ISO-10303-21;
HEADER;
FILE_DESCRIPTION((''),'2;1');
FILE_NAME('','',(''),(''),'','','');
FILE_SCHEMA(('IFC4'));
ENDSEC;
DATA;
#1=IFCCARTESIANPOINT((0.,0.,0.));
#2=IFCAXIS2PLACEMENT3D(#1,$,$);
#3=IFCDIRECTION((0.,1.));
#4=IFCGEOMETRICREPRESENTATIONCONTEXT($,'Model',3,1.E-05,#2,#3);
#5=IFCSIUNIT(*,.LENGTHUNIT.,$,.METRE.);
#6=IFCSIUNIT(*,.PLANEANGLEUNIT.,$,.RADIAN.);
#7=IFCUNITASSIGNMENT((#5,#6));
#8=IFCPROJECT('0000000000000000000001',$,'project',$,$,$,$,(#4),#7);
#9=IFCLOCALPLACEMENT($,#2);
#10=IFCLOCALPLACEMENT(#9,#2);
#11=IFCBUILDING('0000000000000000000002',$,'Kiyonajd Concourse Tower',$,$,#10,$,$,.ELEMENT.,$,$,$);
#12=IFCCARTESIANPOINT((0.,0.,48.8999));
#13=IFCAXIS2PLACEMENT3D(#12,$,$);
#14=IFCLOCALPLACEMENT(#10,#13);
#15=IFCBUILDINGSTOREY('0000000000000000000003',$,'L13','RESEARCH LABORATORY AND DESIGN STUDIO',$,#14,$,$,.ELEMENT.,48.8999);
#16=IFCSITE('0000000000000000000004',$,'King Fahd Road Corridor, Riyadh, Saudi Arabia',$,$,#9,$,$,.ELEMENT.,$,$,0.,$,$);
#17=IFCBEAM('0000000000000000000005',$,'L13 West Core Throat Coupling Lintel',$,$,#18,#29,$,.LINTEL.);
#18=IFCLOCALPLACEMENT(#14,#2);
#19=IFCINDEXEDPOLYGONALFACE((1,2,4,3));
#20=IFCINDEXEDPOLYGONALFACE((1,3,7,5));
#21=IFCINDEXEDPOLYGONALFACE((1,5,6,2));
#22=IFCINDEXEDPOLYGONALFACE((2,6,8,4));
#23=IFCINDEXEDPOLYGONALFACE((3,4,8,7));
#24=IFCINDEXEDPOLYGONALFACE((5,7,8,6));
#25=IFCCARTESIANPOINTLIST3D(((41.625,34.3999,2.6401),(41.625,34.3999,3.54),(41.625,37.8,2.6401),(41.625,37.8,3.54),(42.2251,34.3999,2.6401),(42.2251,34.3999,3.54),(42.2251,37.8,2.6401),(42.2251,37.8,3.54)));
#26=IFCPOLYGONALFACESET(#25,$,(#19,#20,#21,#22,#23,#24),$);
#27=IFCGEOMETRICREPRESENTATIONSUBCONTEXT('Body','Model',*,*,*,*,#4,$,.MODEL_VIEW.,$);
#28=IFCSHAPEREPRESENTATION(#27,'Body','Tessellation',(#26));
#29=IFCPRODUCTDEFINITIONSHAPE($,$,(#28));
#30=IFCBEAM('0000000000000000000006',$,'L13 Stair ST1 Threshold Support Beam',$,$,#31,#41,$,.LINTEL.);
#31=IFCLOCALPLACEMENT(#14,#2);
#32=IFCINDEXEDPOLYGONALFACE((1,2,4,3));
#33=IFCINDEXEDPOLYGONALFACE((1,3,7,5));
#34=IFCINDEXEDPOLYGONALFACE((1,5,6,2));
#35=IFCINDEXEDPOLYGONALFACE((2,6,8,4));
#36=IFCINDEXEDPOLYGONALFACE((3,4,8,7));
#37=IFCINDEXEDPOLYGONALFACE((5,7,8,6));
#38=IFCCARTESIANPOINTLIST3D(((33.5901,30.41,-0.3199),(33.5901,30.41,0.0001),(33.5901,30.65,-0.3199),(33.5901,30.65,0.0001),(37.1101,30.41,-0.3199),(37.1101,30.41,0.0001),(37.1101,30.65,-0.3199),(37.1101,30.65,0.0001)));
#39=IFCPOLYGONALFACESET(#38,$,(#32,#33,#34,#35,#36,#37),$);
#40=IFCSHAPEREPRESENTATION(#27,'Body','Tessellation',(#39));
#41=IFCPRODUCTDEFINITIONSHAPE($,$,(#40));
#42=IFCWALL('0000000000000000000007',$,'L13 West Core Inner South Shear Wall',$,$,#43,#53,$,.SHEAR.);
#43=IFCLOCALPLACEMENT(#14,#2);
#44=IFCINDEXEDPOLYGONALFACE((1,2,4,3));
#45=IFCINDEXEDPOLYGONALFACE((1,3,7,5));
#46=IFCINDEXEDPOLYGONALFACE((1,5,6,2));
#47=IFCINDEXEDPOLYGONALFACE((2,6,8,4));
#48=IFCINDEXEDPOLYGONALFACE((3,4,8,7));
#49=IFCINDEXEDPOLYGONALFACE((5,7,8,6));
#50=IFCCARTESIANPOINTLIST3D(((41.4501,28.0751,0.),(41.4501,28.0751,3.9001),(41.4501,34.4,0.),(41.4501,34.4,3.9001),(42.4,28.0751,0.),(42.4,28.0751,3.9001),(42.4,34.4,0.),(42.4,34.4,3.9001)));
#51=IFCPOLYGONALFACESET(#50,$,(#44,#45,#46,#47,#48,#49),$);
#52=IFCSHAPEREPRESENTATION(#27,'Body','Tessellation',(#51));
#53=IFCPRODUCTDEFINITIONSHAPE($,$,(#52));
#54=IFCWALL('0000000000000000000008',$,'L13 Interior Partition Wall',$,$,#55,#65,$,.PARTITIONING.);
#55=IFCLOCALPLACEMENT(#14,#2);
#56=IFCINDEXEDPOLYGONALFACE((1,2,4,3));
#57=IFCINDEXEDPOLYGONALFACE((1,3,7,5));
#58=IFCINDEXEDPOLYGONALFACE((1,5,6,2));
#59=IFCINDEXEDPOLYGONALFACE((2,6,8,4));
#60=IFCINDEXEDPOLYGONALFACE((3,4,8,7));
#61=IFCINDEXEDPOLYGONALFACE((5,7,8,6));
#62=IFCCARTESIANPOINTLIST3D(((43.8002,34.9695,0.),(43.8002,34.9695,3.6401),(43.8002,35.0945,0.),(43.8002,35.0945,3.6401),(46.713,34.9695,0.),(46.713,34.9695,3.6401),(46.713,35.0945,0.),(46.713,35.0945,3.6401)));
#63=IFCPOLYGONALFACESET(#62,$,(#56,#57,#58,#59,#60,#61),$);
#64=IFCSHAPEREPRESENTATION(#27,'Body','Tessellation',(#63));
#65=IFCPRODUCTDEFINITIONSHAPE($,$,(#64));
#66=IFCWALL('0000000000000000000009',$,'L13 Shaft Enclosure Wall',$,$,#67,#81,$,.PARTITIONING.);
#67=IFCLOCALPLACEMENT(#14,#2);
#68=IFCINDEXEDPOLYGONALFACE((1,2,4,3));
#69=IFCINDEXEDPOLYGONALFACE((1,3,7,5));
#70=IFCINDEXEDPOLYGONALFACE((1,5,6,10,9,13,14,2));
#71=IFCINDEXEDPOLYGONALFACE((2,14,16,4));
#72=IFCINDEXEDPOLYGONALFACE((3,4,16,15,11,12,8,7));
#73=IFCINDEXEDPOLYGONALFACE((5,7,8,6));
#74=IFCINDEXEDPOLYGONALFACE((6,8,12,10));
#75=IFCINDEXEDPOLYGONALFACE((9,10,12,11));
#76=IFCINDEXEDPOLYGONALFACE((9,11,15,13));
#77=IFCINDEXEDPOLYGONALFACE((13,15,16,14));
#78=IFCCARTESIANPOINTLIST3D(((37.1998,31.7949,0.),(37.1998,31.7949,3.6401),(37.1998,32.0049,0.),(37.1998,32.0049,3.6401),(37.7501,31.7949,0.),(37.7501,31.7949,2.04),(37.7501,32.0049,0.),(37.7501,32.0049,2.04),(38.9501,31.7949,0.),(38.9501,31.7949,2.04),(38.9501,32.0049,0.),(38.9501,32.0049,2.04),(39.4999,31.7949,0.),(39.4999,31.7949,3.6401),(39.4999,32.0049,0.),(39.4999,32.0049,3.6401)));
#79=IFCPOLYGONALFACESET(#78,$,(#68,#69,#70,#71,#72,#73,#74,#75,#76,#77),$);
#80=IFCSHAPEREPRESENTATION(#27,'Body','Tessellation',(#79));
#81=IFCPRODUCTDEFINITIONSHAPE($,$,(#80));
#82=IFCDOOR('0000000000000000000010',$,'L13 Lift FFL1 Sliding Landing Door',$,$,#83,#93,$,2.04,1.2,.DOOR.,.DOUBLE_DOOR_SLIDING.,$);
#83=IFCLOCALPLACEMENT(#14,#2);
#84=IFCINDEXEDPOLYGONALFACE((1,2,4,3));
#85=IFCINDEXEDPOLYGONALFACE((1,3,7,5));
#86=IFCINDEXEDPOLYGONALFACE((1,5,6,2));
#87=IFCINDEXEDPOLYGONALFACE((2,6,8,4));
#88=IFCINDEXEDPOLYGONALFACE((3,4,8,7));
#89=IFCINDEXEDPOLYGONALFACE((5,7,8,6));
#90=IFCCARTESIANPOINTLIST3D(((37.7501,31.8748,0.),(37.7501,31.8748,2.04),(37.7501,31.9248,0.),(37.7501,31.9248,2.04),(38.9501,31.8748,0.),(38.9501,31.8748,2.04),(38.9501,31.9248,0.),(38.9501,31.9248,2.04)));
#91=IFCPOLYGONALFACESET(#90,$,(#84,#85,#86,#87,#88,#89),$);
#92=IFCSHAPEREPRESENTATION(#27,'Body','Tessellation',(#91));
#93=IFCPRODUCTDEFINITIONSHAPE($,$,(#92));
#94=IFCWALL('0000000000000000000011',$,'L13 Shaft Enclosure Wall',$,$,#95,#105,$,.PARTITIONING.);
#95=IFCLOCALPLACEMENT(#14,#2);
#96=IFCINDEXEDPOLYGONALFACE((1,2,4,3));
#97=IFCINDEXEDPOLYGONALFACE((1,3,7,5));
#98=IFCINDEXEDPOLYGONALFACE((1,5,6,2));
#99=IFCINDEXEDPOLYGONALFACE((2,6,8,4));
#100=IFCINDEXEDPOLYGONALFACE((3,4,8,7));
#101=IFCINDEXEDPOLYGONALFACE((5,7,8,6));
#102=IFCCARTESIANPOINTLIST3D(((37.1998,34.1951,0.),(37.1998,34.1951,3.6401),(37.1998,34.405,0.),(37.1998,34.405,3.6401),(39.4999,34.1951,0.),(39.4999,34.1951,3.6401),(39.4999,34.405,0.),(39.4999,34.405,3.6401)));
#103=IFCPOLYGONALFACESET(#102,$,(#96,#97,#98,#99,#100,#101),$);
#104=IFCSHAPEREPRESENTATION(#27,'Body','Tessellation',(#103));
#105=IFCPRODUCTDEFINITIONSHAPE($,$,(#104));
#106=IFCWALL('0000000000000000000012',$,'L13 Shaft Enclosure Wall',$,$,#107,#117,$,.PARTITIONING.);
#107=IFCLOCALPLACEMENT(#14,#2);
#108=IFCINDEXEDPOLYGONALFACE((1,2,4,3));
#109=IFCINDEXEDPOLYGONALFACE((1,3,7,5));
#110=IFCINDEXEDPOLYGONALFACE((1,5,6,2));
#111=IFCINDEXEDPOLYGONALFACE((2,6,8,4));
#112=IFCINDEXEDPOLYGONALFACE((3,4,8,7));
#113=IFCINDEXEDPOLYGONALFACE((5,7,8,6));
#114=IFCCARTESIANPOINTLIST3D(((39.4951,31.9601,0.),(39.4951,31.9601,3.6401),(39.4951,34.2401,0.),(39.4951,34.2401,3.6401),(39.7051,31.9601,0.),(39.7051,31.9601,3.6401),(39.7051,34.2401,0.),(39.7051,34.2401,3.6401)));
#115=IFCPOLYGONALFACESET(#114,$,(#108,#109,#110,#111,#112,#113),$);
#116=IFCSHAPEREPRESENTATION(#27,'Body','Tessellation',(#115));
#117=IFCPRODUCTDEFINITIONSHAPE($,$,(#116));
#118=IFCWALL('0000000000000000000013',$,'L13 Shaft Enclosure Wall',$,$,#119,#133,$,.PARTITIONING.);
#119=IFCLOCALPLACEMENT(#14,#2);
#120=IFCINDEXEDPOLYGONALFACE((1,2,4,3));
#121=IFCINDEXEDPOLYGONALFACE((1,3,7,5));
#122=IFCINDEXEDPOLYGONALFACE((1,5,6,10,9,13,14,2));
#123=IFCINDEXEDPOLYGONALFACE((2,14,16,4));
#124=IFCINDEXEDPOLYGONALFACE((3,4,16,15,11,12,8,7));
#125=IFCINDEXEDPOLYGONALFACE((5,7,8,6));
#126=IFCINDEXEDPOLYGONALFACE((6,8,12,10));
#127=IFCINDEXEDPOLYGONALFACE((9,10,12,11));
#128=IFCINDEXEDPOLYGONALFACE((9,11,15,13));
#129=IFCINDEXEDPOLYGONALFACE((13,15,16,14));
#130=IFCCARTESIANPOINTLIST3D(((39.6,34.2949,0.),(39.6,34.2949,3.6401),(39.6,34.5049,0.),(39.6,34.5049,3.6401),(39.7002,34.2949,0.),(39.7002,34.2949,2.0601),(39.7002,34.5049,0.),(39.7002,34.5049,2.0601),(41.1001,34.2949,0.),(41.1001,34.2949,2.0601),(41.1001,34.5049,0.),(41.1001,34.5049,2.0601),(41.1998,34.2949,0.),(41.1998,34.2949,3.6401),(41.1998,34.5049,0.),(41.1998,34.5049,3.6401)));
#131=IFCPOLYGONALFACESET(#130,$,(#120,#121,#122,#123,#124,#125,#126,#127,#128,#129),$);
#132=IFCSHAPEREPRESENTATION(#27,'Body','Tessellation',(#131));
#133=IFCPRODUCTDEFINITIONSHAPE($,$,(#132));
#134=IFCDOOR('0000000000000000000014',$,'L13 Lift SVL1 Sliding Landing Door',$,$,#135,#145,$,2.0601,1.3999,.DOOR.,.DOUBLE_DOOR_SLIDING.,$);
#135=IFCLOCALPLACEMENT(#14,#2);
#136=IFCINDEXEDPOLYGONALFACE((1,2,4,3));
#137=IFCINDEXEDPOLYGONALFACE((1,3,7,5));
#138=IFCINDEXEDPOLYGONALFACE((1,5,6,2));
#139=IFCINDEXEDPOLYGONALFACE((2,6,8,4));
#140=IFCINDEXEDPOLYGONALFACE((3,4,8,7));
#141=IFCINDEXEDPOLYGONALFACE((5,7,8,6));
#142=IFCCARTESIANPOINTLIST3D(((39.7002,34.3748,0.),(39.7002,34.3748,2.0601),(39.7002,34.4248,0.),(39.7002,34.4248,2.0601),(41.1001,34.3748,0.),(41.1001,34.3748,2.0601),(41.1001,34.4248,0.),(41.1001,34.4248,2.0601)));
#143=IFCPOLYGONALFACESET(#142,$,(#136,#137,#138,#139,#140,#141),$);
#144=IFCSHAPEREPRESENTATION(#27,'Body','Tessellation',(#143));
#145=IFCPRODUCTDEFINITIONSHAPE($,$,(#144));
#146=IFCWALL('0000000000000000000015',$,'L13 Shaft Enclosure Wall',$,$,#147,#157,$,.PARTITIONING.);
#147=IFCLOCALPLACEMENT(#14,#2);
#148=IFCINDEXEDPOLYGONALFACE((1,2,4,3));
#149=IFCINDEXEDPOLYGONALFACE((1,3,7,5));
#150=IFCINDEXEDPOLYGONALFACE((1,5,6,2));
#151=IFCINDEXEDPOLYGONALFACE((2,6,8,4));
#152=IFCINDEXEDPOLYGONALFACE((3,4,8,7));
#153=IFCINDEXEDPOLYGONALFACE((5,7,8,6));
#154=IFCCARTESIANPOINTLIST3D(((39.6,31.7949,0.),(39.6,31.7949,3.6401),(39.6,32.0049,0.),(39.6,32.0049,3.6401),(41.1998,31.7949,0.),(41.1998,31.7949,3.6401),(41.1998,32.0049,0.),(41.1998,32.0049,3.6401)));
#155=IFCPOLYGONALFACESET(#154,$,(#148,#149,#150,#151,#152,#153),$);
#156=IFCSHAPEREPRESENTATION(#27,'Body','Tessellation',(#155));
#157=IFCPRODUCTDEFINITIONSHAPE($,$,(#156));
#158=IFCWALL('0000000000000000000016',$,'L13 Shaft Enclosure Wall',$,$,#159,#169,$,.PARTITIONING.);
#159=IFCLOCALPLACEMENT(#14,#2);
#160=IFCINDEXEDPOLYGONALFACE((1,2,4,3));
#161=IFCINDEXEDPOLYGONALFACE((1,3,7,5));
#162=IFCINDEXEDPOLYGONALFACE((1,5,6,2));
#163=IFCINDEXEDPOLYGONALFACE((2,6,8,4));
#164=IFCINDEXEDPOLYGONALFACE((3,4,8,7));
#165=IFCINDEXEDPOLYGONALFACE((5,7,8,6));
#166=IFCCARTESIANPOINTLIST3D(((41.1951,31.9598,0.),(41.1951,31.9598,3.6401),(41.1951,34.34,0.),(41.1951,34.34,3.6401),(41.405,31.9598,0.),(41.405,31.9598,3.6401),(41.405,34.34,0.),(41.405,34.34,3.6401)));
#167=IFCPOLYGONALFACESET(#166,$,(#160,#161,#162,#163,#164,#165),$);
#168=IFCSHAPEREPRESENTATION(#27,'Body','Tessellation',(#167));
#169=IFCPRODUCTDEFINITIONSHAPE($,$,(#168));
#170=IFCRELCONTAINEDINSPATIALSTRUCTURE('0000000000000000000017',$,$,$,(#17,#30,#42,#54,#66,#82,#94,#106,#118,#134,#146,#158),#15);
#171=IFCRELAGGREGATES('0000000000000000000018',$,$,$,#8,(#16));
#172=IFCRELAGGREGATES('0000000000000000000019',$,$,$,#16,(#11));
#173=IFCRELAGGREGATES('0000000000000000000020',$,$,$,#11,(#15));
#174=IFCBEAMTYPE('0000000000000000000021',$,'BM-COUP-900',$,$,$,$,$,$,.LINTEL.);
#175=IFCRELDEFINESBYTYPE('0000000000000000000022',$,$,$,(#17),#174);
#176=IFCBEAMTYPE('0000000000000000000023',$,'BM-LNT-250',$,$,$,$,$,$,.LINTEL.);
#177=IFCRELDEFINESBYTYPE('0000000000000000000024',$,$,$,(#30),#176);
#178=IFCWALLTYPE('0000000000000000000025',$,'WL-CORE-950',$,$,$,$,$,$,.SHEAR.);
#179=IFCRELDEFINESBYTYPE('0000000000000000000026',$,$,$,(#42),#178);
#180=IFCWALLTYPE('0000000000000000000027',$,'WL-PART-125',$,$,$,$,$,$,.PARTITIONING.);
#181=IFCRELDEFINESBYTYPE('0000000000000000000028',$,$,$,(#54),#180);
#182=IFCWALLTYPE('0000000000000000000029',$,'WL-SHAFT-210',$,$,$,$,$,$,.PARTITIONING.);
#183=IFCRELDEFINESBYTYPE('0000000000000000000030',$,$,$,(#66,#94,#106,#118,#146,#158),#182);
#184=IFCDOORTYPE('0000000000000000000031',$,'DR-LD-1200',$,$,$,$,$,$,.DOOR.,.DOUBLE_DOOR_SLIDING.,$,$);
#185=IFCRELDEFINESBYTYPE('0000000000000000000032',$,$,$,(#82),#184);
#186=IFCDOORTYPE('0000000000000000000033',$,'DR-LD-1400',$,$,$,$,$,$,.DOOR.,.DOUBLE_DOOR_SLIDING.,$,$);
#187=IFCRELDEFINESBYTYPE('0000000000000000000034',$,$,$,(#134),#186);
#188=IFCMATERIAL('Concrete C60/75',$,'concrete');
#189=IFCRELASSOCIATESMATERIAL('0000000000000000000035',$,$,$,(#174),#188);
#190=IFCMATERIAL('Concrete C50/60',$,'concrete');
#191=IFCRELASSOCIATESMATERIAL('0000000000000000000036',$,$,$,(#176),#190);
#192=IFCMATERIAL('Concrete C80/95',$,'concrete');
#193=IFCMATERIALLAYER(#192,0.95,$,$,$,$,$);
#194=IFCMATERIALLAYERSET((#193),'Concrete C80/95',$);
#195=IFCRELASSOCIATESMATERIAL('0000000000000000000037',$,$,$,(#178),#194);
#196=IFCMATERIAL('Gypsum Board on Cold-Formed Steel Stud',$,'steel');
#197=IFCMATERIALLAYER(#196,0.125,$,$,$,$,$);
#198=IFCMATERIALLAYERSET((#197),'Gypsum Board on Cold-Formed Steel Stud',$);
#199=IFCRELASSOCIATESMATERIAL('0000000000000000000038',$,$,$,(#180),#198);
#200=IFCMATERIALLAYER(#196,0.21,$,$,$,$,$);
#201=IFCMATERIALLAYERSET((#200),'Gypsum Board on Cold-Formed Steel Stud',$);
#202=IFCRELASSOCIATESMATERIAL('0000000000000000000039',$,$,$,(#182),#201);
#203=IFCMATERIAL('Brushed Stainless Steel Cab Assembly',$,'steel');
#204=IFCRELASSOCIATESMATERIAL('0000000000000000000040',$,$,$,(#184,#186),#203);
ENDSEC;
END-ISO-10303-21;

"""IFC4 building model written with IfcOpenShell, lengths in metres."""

from ifc_helpers import new_model, si_unit, direction, frame, frame_2d, origin, origin_2d, place, context, subcontext, project, spatial, rectangle, extrude, material, layer, layer_set, material_profile, profile_set, type_object, element, fill, save


model = new_model("IFC4")

# Units and contexts
model_context = context("Model", 3, precision=1e-05, world=origin(), true_north=direction((0.0, 1.0)))
body_context = subcontext(model_context, "Body", "Model", "MODEL_VIEW")
ifc_project = project(units=[si_unit("LENGTHUNIT", "METRE"), si_unit("PLANEANGLEUNIT", "RADIAN")], contexts=[model_context])

# Site, building, storey
site_placement = place(None, origin())
site = spatial("IfcSite", under=ifc_project, at=site_placement, Name="King Fahd Road Corridor, Riyadh, Saudi Arabia", CompositionType="ELEMENT", RefElevation=0.0)
building_placement = place(site_placement, origin())
building = spatial("IfcBuilding", under=site, at=building_placement, Name="Kiyonajd Concourse Tower", CompositionType="ELEMENT")
storey_placement = place(building_placement, frame((0.0, 0.0, 48.8999)))
storey = spatial("IfcBuildingStorey", under=building, at=storey_placement, Name="L13", Description="RESEARCH LABORATORY AND DESIGN STUDIO", CompositionType="ELEMENT", Elevation=48.8999)

# Beams
ifc_material_1 = material(Name="Concrete C60/75", Category="concrete")
ifc_material_profile_1 = material_profile(ifc_material_1, rectangle(XDim=0.6001, YDim=0.8999, at=origin_2d()), Name="RCBM-600x900")
ifc_profile_set_1 = profile_set([ifc_material_profile_1], Name="Concrete C60/75")
beam_type_1 = type_object("IfcBeamType", Name="BM-COUP-900", PredefinedType="LINTEL", material=ifc_profile_set_1)
beam_1_placement = place(storey_placement, frame((41.925, 34.3999, 3.0901), z_axis=(0.0, 1.0, 0.0), x_axis=(-1.0, 0.0, 0.0)))
element("IfcBeam", 1, at=beam_1_placement, inside=storey, type_object=beam_type_1, Name="L13 West Core Throat Coupling Lintel", PredefinedType="LINTEL", context=body_context, shape_type="SweptSolid", body=[
    extrude(rectangle(XDim=0.6001, YDim=0.8999, at=origin_2d()), origin(), (0.0, 0.0, 1.0), 3.4001),
])
ifc_material_2 = material(Name="Concrete C50/60", Category="concrete")
ifc_material_profile_2 = material_profile(ifc_material_2, rectangle(XDim=0.24, YDim=0.3201, at=origin_2d()), Name="RCBM-240x320")
ifc_profile_set_2 = profile_set([ifc_material_profile_2], Name="Concrete C50/60")
beam_type_2 = type_object("IfcBeamType", Name="BM-LNT-250", PredefinedType="LINTEL", material=ifc_profile_set_2)
beam_2_placement = place(storey_placement, frame((33.5901, 30.53, -0.1599), z_axis=(1.0, 0.0, 0.0), x_axis=(0.0, 1.0, 0.0)))
element("IfcBeam", 2, at=beam_2_placement, inside=storey, type_object=beam_type_2, Name="L13 Stair ST1 Threshold Support Beam", PredefinedType="LINTEL", context=body_context, shape_type="SweptSolid", body=[
    extrude(rectangle(XDim=0.24, YDim=0.3201, at=origin_2d()), origin(), (0.0, 0.0, 1.0), 3.52),
])

# Walls
ifc_material_3 = material(Name="Concrete C80/95", Category="concrete")
ifc_layer_1 = layer(ifc_material_3, 0.95)
ifc_layer_set_1 = layer_set([ifc_layer_1], Name="Concrete C80/95")
wall_type_1 = type_object("IfcWallType", Name="WL-CORE-950", PredefinedType="SHEAR", material=ifc_layer_set_1)
wall_1_placement = place(storey_placement, frame((41.925, 28.075, 0.0), z_axis=(0.0, 0.0, 1.0), x_axis=(0.0, 1.0, 0.0)))
element("IfcWall", 3, at=wall_1_placement, inside=storey, type_object=wall_type_1, Name="L13 West Core Inner South Shear Wall", PredefinedType="SHEAR", context=body_context, shape_type="SweptSolid", body=[
    extrude(rectangle(XDim=6.325, YDim=0.95, at=frame_2d((3.1626, 0.0))), origin(), (0.0, 0.0, 1.0), 3.9001),
])
ifc_material_4 = material(Name="Gypsum Board on Cold-Formed Steel Stud", Category="steel")
ifc_layer_2 = layer(ifc_material_4, 0.125)
ifc_layer_set_2 = layer_set([ifc_layer_2], Name="Gypsum Board on Cold-Formed Steel Stud")
wall_type_2 = type_object("IfcWallType", Name="WL-PART-125", PredefinedType="PARTITIONING", material=ifc_layer_set_2)
wall_2_placement = place(storey_placement, frame((43.8, 35.032, 0.0), z_axis=(0.0, 0.0, 1.0), x_axis=(1.0, 0.0, 0.0)))
element("IfcWall", 4, at=wall_2_placement, inside=storey, type_object=wall_type_2, Name="L13 Interior Partition Wall", PredefinedType="PARTITIONING", context=body_context, shape_type="SweptSolid", body=[
    extrude(rectangle(XDim=2.9128, YDim=0.125, at=frame_2d((1.4565, 0.0))), origin(), (0.0, 0.0, 1.0), 3.6401),
])

# Wall, opening, door
ifc_layer_3 = layer(ifc_material_4, 0.21)
ifc_layer_set_3 = layer_set([ifc_layer_3], Name="Gypsum Board on Cold-Formed Steel Stud")
wall_type_3 = type_object("IfcWallType", Name="WL-SHAFT-210", PredefinedType="PARTITIONING", material=ifc_layer_set_3)
wall_3_placement = place(storey_placement, frame((37.2, 31.8999, 0.0), z_axis=(0.0, 0.0, 1.0), x_axis=(1.0, 0.0, 0.0)))
wall_3 = element("IfcWall", 5, at=wall_3_placement, inside=storey, type_object=wall_type_3, Name="L13 Shaft Enclosure Wall", PredefinedType="PARTITIONING", context=body_context, shape_type="SweptSolid", body=[
    extrude(rectangle(XDim=2.3, YDim=0.21, at=frame_2d((1.1499, 0.0))), origin(), (0.0, 0.0, 1.0), 3.6401),
])
opening_1_placement = place(wall_3_placement, frame((0.55, 0.0, 0.0)))
opening_1 = element("IfcOpeningElement", 6, at=opening_1_placement, cuts=wall_3, PredefinedType="OPENING", context=body_context, shape_type="SweptSolid", body=[
    extrude(rectangle(XDim=1.2, YDim=2.04, at=frame_2d((0.6001, 1.02))), frame((0.0, 0.115, 0.0), z_axis=(0.0, -1.0, 0.0), x_axis=(1.0, 0.0, 0.0)), (0.0, 0.0, 1.0), 0.23),
])
ifc_material_5 = material(Name="Brushed Stainless Steel Cab Assembly", Category="steel")
door_type_1 = type_object("IfcDoorType", Name="DR-LD-1200", OperationType="DOUBLE_DOOR_SLIDING", PredefinedType="DOOR", material=ifc_material_5)
door_1_placement = place(opening_1_placement, origin())
door_1 = element("IfcDoor", 7, at=door_1_placement, inside=storey, type_object=door_type_1, Name="L13 Lift FFL1 Sliding Landing Door", OperationType="DOUBLE_DOOR_SLIDING", OverallHeight=2.04, OverallWidth=1.2, PredefinedType="DOOR", context=body_context, shape_type="SweptSolid", body=[
    extrude(rectangle(XDim=1.2, YDim=2.04, at=frame_2d((0.6001, 1.02))), frame((0.0, 0.0249, 0.0), z_axis=(0.0, -1.0, 0.0), x_axis=(1.0, 0.0, 0.0)), (0.0, 0.0, 1.0), 0.05),
])
fill(opening_1, door_1)

# Walls
wall_4_placement = place(storey_placement, frame((37.2, 34.3, 0.0), z_axis=(0.0, 0.0, 1.0), x_axis=(1.0, 0.0, 0.0)))
element("IfcWall", 8, at=wall_4_placement, inside=storey, type_object=wall_type_3, Name="L13 Shaft Enclosure Wall", PredefinedType="PARTITIONING", context=body_context, shape_type="SweptSolid", body=[
    extrude(rectangle(XDim=2.3, YDim=0.21, at=frame_2d((1.1499, 0.0))), origin(), (0.0, 0.0, 1.0), 3.6401),
])
wall_5_placement = place(storey_placement, frame((39.6001, 31.96, 0.0), z_axis=(0.0, 0.0, 1.0), x_axis=(0.0, 1.0, 0.0)))
element("IfcWall", 9, at=wall_5_placement, inside=storey, type_object=wall_type_3, Name="L13 Shaft Enclosure Wall", PredefinedType="PARTITIONING", context=body_context, shape_type="SweptSolid", body=[
    extrude(rectangle(XDim=2.28, YDim=0.21, at=frame_2d((1.1401, 0.0))), origin(), (0.0, 0.0, 1.0), 3.6401),
])

# Wall, opening, door
wall_6_placement = place(storey_placement, frame((39.6001, 34.3999, 0.0), z_axis=(0.0, 0.0, 1.0), x_axis=(1.0, 0.0, 0.0)))
wall_6 = element("IfcWall", 10, at=wall_6_placement, inside=storey, type_object=wall_type_3, Name="L13 Shaft Enclosure Wall", PredefinedType="PARTITIONING", context=body_context, shape_type="SweptSolid", body=[
    extrude(rectangle(XDim=1.5999, YDim=0.21, at=frame_2d((0.7998, 0.0))), origin(), (0.0, 0.0, 1.0), 3.6401),
])
opening_2_placement = place(wall_6_placement, frame((0.1001, 0.0, 0.0)))
opening_2 = element("IfcOpeningElement", 11, at=opening_2_placement, cuts=wall_6, PredefinedType="OPENING", context=body_context, shape_type="SweptSolid", body=[
    extrude(rectangle(XDim=1.3999, YDim=2.0601, at=frame_2d((0.7, 1.03))), frame((0.0, 0.115, 0.0), z_axis=(0.0, -1.0, 0.0), x_axis=(1.0, 0.0, 0.0)), (0.0, 0.0, 1.0), 0.23),
])
door_type_2 = type_object("IfcDoorType", Name="DR-LD-1400", OperationType="DOUBLE_DOOR_SLIDING", PredefinedType="DOOR", material=ifc_material_5)
door_2_placement = place(opening_2_placement, origin())
door_2 = element("IfcDoor", 12, at=door_2_placement, inside=storey, type_object=door_type_2, Name="L13 Lift SVL1 Sliding Landing Door", OperationType="DOUBLE_DOOR_SLIDING", OverallHeight=2.0601, OverallWidth=1.3999, PredefinedType="DOOR", context=body_context, shape_type="SweptSolid", body=[
    extrude(rectangle(XDim=1.3999, YDim=2.0601, at=frame_2d((0.7, 1.03))), frame((0.0, 0.0249, 0.0), z_axis=(0.0, -1.0, 0.0), x_axis=(1.0, 0.0, 0.0)), (0.0, 0.0, 1.0), 0.05),
])
fill(opening_2, door_2)

# Walls
wall_7_placement = place(storey_placement, frame((39.6001, 31.8999, 0.0), z_axis=(0.0, 0.0, 1.0), x_axis=(1.0, 0.0, 0.0)))
element("IfcWall", 13, at=wall_7_placement, inside=storey, type_object=wall_type_3, Name="L13 Shaft Enclosure Wall", PredefinedType="PARTITIONING", context=body_context, shape_type="SweptSolid", body=[
    extrude(rectangle(XDim=1.5999, YDim=0.21, at=frame_2d((0.7998, 0.0))), origin(), (0.0, 0.0, 1.0), 3.6401),
])
wall_8_placement = place(storey_placement, frame((41.3, 31.96, 0.0), z_axis=(0.0, 0.0, 1.0), x_axis=(0.0, 1.0, 0.0)))
element("IfcWall", 14, at=wall_8_placement, inside=storey, type_object=wall_type_3, Name="L13 Shaft Enclosure Wall", PredefinedType="PARTITIONING", context=body_context, shape_type="SweptSolid", body=[
    extrude(rectangle(XDim=2.3801, YDim=0.21, at=frame_2d((1.1899, 0.0))), origin(), (0.0, 0.0, 1.0), 3.6401),
])

save(model, "model.ifc")
